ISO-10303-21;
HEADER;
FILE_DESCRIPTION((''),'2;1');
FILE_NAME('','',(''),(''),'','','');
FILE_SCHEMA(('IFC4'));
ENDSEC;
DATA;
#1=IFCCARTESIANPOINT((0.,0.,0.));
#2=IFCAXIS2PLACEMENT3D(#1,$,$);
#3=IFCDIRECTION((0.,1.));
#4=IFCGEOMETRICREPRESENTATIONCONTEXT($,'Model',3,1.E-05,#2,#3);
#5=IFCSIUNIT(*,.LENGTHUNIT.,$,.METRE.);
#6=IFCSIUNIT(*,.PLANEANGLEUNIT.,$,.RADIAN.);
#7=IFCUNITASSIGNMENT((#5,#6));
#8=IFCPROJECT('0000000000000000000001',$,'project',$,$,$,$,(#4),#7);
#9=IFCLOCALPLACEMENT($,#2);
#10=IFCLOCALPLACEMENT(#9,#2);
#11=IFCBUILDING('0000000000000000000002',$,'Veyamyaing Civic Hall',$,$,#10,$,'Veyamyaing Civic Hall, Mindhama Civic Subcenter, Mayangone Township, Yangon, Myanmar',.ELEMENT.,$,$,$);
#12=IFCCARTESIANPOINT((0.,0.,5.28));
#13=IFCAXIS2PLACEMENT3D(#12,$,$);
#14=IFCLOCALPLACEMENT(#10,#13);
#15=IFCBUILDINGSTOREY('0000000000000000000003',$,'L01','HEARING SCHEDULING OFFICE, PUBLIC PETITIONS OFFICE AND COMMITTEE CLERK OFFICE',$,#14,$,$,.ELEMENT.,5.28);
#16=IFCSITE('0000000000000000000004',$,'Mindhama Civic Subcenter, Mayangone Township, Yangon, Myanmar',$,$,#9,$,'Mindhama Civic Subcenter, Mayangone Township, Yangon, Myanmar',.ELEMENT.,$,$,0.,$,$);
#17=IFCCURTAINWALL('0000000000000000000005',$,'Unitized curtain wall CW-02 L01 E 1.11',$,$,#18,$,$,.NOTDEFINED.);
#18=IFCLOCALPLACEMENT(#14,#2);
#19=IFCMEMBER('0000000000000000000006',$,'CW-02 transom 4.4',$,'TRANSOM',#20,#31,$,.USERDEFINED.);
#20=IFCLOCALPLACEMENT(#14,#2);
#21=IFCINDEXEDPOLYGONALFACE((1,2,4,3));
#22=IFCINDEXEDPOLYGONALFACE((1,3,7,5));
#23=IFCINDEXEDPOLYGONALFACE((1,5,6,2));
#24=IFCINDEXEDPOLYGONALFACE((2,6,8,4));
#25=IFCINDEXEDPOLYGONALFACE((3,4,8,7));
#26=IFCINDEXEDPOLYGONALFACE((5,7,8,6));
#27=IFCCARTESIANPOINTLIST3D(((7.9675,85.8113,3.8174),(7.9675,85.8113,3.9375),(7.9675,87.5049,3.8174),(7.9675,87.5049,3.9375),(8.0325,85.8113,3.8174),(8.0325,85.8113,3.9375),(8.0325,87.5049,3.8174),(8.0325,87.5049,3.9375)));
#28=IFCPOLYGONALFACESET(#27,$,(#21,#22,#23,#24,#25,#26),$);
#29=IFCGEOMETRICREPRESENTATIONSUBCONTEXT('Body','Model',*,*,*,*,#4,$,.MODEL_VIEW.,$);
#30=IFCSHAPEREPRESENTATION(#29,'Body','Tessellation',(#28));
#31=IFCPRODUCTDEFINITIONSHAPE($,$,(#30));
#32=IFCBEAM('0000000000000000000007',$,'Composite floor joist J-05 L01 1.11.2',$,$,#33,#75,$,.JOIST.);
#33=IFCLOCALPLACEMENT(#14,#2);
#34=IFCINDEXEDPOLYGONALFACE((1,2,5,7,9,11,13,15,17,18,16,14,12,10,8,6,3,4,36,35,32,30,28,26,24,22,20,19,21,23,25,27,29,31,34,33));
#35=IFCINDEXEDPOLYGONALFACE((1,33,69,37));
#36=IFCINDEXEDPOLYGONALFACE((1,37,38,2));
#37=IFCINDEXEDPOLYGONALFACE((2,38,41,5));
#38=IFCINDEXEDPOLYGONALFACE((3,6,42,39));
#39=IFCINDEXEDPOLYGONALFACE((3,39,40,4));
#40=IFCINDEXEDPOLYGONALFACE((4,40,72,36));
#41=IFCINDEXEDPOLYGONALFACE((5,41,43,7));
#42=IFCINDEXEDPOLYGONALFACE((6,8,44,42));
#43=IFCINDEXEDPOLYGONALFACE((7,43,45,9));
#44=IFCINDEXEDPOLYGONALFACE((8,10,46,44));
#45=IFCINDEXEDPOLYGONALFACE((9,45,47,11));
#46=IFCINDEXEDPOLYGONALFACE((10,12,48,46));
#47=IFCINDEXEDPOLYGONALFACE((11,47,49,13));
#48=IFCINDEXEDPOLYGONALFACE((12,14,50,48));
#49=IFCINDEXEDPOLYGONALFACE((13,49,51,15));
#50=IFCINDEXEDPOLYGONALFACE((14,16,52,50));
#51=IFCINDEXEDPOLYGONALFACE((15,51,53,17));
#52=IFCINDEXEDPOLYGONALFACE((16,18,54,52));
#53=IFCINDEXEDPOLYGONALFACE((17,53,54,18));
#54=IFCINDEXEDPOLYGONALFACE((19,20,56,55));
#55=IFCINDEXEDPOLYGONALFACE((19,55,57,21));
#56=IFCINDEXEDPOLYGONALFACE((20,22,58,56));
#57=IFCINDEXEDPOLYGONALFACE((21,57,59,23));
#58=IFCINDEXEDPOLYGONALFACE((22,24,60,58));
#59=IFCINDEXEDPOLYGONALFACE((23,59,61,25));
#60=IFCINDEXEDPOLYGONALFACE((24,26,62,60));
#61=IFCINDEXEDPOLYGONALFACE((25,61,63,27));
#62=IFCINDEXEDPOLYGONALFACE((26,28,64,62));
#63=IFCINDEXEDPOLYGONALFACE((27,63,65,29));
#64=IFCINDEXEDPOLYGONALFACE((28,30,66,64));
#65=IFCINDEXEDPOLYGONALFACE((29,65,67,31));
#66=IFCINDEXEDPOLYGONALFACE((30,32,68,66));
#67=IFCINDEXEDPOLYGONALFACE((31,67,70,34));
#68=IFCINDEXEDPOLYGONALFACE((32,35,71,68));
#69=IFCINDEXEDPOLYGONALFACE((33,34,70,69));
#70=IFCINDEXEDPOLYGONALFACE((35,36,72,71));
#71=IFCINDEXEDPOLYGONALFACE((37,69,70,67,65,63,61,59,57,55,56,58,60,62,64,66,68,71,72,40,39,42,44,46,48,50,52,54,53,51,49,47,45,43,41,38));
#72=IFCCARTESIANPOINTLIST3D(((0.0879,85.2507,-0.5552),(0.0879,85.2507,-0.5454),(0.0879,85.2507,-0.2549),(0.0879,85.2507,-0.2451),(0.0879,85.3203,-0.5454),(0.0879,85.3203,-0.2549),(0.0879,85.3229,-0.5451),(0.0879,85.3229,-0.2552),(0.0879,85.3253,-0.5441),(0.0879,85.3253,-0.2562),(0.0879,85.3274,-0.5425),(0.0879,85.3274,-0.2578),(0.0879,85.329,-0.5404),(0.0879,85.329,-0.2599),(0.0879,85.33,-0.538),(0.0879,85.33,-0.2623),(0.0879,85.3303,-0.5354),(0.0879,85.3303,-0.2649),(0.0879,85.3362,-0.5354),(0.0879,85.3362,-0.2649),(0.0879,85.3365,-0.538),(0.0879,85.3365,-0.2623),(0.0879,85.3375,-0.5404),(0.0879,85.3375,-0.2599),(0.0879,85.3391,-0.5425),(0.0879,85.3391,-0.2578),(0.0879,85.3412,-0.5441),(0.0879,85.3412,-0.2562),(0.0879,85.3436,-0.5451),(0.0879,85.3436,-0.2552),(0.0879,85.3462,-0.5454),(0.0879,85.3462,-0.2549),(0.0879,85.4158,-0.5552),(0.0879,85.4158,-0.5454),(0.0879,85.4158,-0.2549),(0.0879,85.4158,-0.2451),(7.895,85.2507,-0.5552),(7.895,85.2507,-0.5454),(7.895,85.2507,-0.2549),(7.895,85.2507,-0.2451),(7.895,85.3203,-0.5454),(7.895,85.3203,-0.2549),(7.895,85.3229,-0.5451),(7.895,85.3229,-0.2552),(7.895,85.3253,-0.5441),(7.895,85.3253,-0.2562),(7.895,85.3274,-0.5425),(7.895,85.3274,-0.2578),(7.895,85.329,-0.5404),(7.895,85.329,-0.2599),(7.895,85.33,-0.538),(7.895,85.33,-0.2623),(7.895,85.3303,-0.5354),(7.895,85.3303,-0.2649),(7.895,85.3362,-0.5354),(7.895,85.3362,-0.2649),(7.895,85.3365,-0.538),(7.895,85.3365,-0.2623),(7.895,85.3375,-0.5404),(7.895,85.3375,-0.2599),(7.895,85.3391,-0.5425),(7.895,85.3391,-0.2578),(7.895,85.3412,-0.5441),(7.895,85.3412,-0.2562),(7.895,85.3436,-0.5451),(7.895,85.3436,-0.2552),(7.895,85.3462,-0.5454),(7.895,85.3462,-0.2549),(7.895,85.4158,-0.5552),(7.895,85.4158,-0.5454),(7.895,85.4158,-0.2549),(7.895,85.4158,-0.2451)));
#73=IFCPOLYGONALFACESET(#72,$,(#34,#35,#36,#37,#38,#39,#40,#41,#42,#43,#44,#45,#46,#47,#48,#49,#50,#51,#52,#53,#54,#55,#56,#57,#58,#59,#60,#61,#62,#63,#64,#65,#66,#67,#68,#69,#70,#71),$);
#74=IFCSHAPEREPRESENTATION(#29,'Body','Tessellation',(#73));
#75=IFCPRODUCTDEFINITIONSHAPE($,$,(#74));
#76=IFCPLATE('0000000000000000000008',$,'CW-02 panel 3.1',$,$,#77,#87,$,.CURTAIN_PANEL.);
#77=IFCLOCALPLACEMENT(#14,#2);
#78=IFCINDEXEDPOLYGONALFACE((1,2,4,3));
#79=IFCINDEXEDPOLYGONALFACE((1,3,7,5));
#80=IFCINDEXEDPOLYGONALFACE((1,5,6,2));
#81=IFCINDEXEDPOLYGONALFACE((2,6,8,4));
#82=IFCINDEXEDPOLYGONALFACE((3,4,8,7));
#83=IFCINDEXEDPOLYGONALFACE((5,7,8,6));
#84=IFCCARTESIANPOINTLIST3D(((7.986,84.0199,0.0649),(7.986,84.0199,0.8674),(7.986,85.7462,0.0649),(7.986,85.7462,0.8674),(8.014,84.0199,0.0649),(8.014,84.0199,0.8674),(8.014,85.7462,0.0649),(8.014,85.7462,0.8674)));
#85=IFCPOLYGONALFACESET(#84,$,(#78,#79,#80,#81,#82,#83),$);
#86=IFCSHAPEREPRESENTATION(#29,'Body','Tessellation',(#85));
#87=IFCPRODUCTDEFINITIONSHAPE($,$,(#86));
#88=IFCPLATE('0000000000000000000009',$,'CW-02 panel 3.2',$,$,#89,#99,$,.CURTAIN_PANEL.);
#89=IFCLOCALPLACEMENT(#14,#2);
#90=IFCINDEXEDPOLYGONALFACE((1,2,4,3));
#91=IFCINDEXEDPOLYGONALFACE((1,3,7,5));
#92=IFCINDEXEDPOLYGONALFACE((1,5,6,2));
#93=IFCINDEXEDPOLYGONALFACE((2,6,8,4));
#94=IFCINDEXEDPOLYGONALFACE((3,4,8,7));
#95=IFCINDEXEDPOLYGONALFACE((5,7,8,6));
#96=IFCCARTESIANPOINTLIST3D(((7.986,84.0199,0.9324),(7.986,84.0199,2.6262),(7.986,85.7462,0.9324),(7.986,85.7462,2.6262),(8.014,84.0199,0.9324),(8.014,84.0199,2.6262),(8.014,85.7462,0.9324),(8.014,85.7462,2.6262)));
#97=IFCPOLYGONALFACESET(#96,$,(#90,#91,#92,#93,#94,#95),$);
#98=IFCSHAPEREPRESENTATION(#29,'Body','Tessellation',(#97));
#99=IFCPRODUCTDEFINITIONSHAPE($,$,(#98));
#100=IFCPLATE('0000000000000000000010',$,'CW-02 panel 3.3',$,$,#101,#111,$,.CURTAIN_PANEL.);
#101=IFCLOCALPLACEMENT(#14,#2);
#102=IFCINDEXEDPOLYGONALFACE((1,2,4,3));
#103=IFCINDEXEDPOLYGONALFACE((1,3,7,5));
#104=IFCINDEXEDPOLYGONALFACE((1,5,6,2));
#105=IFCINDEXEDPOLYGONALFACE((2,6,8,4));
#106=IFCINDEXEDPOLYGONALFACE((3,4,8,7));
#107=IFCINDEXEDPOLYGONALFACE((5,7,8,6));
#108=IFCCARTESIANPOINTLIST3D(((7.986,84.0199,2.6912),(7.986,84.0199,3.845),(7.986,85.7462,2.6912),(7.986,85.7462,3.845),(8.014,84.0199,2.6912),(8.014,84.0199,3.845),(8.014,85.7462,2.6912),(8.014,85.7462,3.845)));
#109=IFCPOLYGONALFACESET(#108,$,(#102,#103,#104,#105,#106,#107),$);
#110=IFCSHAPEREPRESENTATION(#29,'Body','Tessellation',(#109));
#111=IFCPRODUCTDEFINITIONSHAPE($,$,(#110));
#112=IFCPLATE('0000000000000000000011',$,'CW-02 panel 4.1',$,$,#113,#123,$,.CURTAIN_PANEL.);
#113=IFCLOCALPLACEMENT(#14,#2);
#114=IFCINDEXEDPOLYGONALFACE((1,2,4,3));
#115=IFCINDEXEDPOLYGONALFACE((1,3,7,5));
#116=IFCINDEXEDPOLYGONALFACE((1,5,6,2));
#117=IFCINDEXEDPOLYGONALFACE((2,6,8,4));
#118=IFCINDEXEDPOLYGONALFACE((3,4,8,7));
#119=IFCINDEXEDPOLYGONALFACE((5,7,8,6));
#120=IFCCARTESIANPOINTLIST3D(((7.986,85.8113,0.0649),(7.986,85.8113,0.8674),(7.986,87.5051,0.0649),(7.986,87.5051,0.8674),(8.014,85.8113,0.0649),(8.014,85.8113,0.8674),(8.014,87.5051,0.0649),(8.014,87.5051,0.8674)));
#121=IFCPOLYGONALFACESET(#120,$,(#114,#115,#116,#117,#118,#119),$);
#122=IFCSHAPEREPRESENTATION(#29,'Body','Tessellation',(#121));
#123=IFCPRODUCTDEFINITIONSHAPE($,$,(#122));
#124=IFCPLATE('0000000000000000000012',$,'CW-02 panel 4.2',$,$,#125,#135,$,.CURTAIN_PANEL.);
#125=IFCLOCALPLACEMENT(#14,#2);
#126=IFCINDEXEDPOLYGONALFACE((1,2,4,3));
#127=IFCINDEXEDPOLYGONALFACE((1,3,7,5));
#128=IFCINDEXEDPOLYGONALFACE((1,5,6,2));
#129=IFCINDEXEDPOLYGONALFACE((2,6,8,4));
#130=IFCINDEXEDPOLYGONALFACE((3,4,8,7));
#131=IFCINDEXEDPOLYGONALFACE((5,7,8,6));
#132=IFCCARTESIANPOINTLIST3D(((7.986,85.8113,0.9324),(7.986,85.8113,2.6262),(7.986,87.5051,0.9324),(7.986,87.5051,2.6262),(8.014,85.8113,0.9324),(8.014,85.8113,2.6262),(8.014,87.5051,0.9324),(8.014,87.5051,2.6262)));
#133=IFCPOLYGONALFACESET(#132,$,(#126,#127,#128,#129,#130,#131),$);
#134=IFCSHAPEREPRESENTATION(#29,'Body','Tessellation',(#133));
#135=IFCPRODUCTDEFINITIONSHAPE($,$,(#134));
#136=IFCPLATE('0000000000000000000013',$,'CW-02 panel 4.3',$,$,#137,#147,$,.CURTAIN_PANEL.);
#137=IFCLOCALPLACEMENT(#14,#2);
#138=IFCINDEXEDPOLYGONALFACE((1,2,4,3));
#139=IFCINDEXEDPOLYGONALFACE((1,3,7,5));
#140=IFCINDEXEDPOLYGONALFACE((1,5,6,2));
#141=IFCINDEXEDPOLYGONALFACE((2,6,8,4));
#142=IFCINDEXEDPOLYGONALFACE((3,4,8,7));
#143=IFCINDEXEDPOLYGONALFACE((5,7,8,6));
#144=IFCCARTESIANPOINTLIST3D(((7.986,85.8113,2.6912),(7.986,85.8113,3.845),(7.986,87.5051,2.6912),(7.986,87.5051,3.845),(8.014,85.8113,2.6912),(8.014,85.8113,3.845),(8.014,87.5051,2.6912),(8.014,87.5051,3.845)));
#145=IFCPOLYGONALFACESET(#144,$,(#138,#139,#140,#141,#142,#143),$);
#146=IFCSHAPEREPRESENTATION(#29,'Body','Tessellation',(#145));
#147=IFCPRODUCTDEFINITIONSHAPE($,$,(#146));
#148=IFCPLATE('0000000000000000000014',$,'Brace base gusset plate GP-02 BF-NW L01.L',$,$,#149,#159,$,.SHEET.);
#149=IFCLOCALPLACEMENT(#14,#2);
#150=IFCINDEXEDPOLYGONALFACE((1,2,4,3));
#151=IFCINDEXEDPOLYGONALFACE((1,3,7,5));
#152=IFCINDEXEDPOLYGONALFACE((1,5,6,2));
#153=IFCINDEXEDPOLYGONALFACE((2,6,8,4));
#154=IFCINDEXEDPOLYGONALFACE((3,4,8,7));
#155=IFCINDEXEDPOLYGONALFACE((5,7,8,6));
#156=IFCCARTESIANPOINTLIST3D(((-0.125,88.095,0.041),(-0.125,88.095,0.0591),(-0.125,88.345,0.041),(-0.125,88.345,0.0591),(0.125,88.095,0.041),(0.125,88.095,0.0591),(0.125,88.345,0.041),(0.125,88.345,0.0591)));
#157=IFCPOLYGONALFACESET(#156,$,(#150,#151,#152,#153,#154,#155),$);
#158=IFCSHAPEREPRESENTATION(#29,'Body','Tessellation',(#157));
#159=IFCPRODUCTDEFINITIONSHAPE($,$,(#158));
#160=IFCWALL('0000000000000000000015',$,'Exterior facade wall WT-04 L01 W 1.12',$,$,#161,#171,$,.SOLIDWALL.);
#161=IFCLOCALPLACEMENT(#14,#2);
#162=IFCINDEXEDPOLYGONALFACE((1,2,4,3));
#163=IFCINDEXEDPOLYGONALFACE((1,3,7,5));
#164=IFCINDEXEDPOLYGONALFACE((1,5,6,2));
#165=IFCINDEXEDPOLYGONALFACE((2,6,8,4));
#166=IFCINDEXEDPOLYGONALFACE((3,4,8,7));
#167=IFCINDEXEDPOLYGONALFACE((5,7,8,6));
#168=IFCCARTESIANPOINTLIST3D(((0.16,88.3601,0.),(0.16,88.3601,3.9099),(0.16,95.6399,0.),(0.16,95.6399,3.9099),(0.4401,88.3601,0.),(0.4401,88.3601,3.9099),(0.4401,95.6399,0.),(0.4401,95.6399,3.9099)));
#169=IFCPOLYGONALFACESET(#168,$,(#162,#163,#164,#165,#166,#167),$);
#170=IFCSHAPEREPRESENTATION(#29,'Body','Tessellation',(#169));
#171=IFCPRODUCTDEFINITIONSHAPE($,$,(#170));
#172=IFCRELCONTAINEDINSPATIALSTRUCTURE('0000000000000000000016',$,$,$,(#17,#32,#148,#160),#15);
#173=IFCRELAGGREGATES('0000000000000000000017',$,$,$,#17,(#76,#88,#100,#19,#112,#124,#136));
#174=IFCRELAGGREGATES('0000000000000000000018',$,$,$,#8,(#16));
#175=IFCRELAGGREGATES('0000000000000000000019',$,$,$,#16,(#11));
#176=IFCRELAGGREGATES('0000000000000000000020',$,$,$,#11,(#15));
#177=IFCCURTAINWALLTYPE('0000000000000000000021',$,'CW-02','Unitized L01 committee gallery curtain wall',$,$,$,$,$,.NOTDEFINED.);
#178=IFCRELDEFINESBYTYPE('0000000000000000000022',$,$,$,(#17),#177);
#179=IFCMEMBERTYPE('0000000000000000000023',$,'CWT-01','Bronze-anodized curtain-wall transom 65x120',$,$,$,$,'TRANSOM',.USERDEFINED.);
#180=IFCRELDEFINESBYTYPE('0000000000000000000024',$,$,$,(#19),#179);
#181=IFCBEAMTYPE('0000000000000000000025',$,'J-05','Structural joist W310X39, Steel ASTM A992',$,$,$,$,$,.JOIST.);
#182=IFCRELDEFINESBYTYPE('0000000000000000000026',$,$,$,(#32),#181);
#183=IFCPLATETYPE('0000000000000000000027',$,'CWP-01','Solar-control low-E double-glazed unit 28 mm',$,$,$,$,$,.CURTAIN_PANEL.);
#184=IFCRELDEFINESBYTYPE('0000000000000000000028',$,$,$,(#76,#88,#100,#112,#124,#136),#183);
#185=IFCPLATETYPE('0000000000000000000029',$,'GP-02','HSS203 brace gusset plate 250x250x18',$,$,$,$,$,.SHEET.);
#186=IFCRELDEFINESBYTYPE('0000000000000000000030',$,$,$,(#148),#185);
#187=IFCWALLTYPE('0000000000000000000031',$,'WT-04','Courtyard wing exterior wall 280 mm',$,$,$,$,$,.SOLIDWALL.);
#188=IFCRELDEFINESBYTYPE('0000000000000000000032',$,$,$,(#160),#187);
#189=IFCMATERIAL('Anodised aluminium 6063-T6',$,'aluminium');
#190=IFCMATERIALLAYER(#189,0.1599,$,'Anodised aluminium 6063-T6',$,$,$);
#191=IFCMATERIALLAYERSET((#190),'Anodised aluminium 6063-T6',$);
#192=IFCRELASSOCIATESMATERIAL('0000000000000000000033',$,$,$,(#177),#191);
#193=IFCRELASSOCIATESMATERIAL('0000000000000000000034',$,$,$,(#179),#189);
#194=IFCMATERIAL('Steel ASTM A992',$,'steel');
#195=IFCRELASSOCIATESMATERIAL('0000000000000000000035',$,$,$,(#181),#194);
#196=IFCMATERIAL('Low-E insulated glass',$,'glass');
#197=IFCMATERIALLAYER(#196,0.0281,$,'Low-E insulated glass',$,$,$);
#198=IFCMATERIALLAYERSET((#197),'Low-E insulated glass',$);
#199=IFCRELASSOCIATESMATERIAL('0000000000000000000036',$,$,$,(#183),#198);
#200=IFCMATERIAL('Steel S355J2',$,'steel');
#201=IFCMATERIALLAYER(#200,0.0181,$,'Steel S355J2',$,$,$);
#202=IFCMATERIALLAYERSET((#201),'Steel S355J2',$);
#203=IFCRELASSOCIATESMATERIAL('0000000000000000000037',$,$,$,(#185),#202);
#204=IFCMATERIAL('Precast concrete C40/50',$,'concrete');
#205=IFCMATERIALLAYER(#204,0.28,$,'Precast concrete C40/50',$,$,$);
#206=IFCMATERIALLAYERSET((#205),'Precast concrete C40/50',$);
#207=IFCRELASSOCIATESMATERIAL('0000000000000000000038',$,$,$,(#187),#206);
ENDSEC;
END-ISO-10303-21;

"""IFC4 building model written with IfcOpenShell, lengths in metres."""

from ifc_helpers import new_model, si_unit, direction, frame, frame_2d, origin, origin_2d, place, context, subcontext, project, spatial, rectangle, i_section, extrude, material, layer, layer_set, material_profile, profile_set, type_object, element, aggregate, save


model = new_model("IFC4")

# Units and contexts
model_context = context("Model", 3, precision=1e-05, world=origin(), true_north=direction((0.0, 1.0)))
body_context = subcontext(model_context, "Body", "Model", "MODEL_VIEW")
ifc_project = project(units=[si_unit("LENGTHUNIT", "METRE"), si_unit("PLANEANGLEUNIT", "RADIAN")], contexts=[model_context])

# Site, building, storey
site_placement = place(None, origin())
site = spatial("IfcSite", under=ifc_project, at=site_placement, Name="Mindhama Civic Subcenter, Mayangone Township, Yangon, Myanmar", LongName="Mindhama Civic Subcenter, Mayangone Township, Yangon, Myanmar", CompositionType="ELEMENT", RefElevation=0.0)
building_placement = place(site_placement, origin())
building = spatial("IfcBuilding", under=site, at=building_placement, Name="Veyamyaing Civic Hall", LongName="Veyamyaing Civic Hall, Mindhama Civic Subcenter, Mayangone Township, Yangon, Myanmar", CompositionType="ELEMENT")
storey_placement = place(building_placement, frame((0.0, 0.0, 5.28)))
storey = spatial("IfcBuildingStorey", under=building, at=storey_placement, Name="L01", Description="HEARING SCHEDULING OFFICE, PUBLIC PETITIONS OFFICE AND COMMITTEE CLERK OFFICE", CompositionType="ELEMENT", Elevation=5.28)

# Shared definitions
ifc_material_1 = material(Name="Steel ASTM A992", Category="steel")

# Curtain wall, member
ifc_material_2 = material(Name="Anodised aluminium 6063-T6", Category="aluminium")
ifc_layer_1 = layer(ifc_material_2, 0.1599, Name="Anodised aluminium 6063-T6")
ifc_layer_set_1 = layer_set([ifc_layer_1], Name="Anodised aluminium 6063-T6")
curtain_wall_type = type_object("IfcCurtainWallType", Name="CW-02", Description="Unitized L01 committee gallery curtain wall", PredefinedType="NOTDEFINED", material=ifc_layer_set_1)
curtain_wall_placement = place(storey_placement, origin())
curtain_wall = element("IfcCurtainWall", 1, at=curtain_wall_placement, inside=storey, type_object=curtain_wall_type, Name="Unitized curtain wall CW-02 L01 E 1.11", PredefinedType="NOTDEFINED")
ifc_material_profile_1 = material_profile(ifc_material_2, rectangle(XDim=0.0649, YDim=0.1201, at=origin_2d()), Name="ALU-TRN-65X120")
ifc_profile_set_1 = profile_set([ifc_material_profile_1], Name="Anodised aluminium 6063-T6")
member_type_1 = type_object("IfcMemberType", Name="CWT-01", Description="Bronze-anodized curtain-wall transom 65x120", ElementType="TRANSOM", PredefinedType="USERDEFINED", material=ifc_profile_set_1)
member_1_placement = place(storey_placement, frame((8.0, 85.8113, 3.8774), z_axis=(0.0, 1.0, 0.0), x_axis=(-1.0, 0.0, 0.0)))
member_1 = element("IfcMember", 2, at=member_1_placement, type_object=member_type_1, Name="CW-02 transom 4.4", ObjectType="TRANSOM", PredefinedType="USERDEFINED", context=body_context, shape_type="SweptSolid", body=[
    extrude(rectangle(XDim=0.0649, YDim=0.1201, at=origin_2d()), origin(), (0.0, 0.0, 1.0), 1.6936),
])

# Beam
ifc_material_profile_2 = material_profile(ifc_material_1, i_section(OverallWidth=0.165, OverallDepth=0.3101, WebThickness=0.0059, FlangeThickness=0.0098, FilletRadius=0.01, at=origin_2d()), Name="W310X39")
ifc_profile_set_2 = profile_set([ifc_material_profile_2], Name="Steel ASTM A992")
beam_type_1 = type_object("IfcBeamType", Name="J-05", Description="Structural joist W310X39, Steel ASTM A992", PredefinedType="JOIST", material=ifc_profile_set_2)
beam_1_placement = place(storey_placement, frame((0.0879, 85.3333, -0.4001), z_axis=(1.0, 0.0, 0.0), x_axis=(0.0, 1.0, 0.0)))
element("IfcBeam", 3, at=beam_1_placement, inside=storey, type_object=beam_type_1, Name="Composite floor joist J-05 L01 1.11.2", PredefinedType="JOIST", context=body_context, shape_type="SweptSolid", body=[
    extrude(i_section(OverallWidth=0.165, OverallDepth=0.3101, WebThickness=0.0059, FlangeThickness=0.0098, FilletRadius=0.01, at=origin_2d()), origin(), (0.0, 0.0, 1.0), 7.8071),
])

# Plates
ifc_material_3 = material(Name="Low-E insulated glass", Category="glass")
ifc_layer_2 = layer(ifc_material_3, 0.0281, Name="Low-E insulated glass")
ifc_layer_set_2 = layer_set([ifc_layer_2], Name="Low-E insulated glass")
plate_type_1 = type_object("IfcPlateType", Name="CWP-01", Description="Solar-control low-E double-glazed unit 28 mm", PredefinedType="CURTAIN_PANEL", material=ifc_layer_set_2)
plate_1_placement = place(storey_placement, frame((8.0, 84.8831, 0.0649), z_axis=(0.0, 0.0, 1.0), x_axis=(0.0, 1.0, 0.0)))
plate_1 = element("IfcPlate", 4, at=plate_1_placement, type_object=plate_type_1, Name="CW-02 panel 3.1", PredefinedType="CURTAIN_PANEL", context=body_context, shape_type="SweptSolid", body=[
    extrude(rectangle(XDim=1.7263, YDim=0.0281, at=origin_2d()), origin(), (0.0, 0.0, 1.0), 0.8025),
])
plate_2_placement = place(storey_placement, frame((8.0, 84.8831, 0.9324), z_axis=(0.0, 0.0, 1.0), x_axis=(0.0, 1.0, 0.0)))
plate_2 = element("IfcPlate", 5, at=plate_2_placement, type_object=plate_type_1, Name="CW-02 panel 3.2", PredefinedType="CURTAIN_PANEL", context=body_context, shape_type="SweptSolid", body=[
    extrude(rectangle(XDim=1.7263, YDim=0.0281, at=origin_2d()), origin(), (0.0, 0.0, 1.0), 1.6938),
])
plate_3_placement = place(storey_placement, frame((8.0, 84.8831, 2.6912), z_axis=(0.0, 0.0, 1.0), x_axis=(0.0, 1.0, 0.0)))
plate_3 = element("IfcPlate", 6, at=plate_3_placement, type_object=plate_type_1, Name="CW-02 panel 3.3", PredefinedType="CURTAIN_PANEL", context=body_context, shape_type="SweptSolid", body=[
    extrude(rectangle(XDim=1.7263, YDim=0.0281, at=origin_2d()), origin(), (0.0, 0.0, 1.0), 1.1538),
])
plate_4_placement = place(storey_placement, frame((8.0, 86.6582, 0.0649), z_axis=(0.0, 0.0, 1.0), x_axis=(0.0, 1.0, 0.0)))
plate_4 = element("IfcPlate", 7, at=plate_4_placement, type_object=plate_type_1, Name="CW-02 panel 4.1", PredefinedType="CURTAIN_PANEL", context=body_context, shape_type="SweptSolid", body=[
    extrude(rectangle(XDim=1.6938, YDim=0.0281, at=origin_2d()), origin(), (0.0, 0.0, 1.0), 0.8025),
])
plate_5_placement = place(storey_placement, frame((8.0, 86.6582, 0.9324), z_axis=(0.0, 0.0, 1.0), x_axis=(0.0, 1.0, 0.0)))
plate_5 = element("IfcPlate", 8, at=plate_5_placement, type_object=plate_type_1, Name="CW-02 panel 4.2", PredefinedType="CURTAIN_PANEL", context=body_context, shape_type="SweptSolid", body=[
    extrude(rectangle(XDim=1.6938, YDim=0.0281, at=origin_2d()), origin(), (0.0, 0.0, 1.0), 1.6938),
])
plate_6_placement = place(storey_placement, frame((8.0, 86.6582, 2.6912), z_axis=(0.0, 0.0, 1.0), x_axis=(0.0, 1.0, 0.0)))
plate_6 = element("IfcPlate", 9, at=plate_6_placement, type_object=plate_type_1, Name="CW-02 panel 4.3", PredefinedType="CURTAIN_PANEL", context=body_context, shape_type="SweptSolid", body=[
    extrude(rectangle(XDim=1.6938, YDim=0.0281, at=origin_2d()), origin(), (0.0, 0.0, 1.0), 1.1538),
])
aggregate(curtain_wall, [plate_1, plate_2, plate_3, member_1, plate_4, plate_5, plate_6])
ifc_material_4 = material(Name="Steel S355J2", Category="steel")
ifc_layer_3 = layer(ifc_material_4, 0.0181, Name="Steel S355J2")
ifc_layer_set_3 = layer_set([ifc_layer_3], Name="Steel S355J2")
plate_type_2 = type_object("IfcPlateType", Name="GP-02", Description="HSS203 brace gusset plate 250x250x18", PredefinedType="SHEET", material=ifc_layer_set_3)
plate_7_placement = place(storey_placement, frame((0.0, 88.22, 0.041), z_axis=(0.0, 0.0, 1.0), x_axis=(1.0, 0.0, 0.0)))
element("IfcPlate", 10, at=plate_7_placement, inside=storey, type_object=plate_type_2, Name="Brace base gusset plate GP-02 BF-NW L01.L", PredefinedType="SHEET", context=body_context, shape_type="SweptSolid", body=[
    extrude(rectangle(XDim=0.25, YDim=0.25, at=origin_2d()), origin(), (0.0, 0.0, 1.0), 0.0181),
])

# Wall
ifc_material_5 = material(Name="Precast concrete C40/50", Category="concrete")
ifc_layer_4 = layer(ifc_material_5, 0.28, Name="Precast concrete C40/50")
ifc_layer_set_4 = layer_set([ifc_layer_4], Name="Precast concrete C40/50")
wall_type_1 = type_object("IfcWallType", Name="WT-04", Description="Courtyard wing exterior wall 280 mm", PredefinedType="SOLIDWALL", material=ifc_layer_set_4)
wall_1_placement = place(storey_placement, frame((0.3, 88.3601, 0.0), z_axis=(0.0, 0.0, 1.0), x_axis=(0.0, 1.0, 0.0)))
element("IfcWall", 11, at=wall_1_placement, inside=storey, type_object=wall_type_1, Name="Exterior facade wall WT-04 L01 W 1.12", PredefinedType="SOLIDWALL", context=body_context, shape_type="SweptSolid", body=[
    extrude(rectangle(XDim=7.2798, YDim=0.28, at=frame_2d((3.6399, 0.0))), origin(), (0.0, 0.0, 1.0), 3.9099),
])

save(model, "model.ifc")
